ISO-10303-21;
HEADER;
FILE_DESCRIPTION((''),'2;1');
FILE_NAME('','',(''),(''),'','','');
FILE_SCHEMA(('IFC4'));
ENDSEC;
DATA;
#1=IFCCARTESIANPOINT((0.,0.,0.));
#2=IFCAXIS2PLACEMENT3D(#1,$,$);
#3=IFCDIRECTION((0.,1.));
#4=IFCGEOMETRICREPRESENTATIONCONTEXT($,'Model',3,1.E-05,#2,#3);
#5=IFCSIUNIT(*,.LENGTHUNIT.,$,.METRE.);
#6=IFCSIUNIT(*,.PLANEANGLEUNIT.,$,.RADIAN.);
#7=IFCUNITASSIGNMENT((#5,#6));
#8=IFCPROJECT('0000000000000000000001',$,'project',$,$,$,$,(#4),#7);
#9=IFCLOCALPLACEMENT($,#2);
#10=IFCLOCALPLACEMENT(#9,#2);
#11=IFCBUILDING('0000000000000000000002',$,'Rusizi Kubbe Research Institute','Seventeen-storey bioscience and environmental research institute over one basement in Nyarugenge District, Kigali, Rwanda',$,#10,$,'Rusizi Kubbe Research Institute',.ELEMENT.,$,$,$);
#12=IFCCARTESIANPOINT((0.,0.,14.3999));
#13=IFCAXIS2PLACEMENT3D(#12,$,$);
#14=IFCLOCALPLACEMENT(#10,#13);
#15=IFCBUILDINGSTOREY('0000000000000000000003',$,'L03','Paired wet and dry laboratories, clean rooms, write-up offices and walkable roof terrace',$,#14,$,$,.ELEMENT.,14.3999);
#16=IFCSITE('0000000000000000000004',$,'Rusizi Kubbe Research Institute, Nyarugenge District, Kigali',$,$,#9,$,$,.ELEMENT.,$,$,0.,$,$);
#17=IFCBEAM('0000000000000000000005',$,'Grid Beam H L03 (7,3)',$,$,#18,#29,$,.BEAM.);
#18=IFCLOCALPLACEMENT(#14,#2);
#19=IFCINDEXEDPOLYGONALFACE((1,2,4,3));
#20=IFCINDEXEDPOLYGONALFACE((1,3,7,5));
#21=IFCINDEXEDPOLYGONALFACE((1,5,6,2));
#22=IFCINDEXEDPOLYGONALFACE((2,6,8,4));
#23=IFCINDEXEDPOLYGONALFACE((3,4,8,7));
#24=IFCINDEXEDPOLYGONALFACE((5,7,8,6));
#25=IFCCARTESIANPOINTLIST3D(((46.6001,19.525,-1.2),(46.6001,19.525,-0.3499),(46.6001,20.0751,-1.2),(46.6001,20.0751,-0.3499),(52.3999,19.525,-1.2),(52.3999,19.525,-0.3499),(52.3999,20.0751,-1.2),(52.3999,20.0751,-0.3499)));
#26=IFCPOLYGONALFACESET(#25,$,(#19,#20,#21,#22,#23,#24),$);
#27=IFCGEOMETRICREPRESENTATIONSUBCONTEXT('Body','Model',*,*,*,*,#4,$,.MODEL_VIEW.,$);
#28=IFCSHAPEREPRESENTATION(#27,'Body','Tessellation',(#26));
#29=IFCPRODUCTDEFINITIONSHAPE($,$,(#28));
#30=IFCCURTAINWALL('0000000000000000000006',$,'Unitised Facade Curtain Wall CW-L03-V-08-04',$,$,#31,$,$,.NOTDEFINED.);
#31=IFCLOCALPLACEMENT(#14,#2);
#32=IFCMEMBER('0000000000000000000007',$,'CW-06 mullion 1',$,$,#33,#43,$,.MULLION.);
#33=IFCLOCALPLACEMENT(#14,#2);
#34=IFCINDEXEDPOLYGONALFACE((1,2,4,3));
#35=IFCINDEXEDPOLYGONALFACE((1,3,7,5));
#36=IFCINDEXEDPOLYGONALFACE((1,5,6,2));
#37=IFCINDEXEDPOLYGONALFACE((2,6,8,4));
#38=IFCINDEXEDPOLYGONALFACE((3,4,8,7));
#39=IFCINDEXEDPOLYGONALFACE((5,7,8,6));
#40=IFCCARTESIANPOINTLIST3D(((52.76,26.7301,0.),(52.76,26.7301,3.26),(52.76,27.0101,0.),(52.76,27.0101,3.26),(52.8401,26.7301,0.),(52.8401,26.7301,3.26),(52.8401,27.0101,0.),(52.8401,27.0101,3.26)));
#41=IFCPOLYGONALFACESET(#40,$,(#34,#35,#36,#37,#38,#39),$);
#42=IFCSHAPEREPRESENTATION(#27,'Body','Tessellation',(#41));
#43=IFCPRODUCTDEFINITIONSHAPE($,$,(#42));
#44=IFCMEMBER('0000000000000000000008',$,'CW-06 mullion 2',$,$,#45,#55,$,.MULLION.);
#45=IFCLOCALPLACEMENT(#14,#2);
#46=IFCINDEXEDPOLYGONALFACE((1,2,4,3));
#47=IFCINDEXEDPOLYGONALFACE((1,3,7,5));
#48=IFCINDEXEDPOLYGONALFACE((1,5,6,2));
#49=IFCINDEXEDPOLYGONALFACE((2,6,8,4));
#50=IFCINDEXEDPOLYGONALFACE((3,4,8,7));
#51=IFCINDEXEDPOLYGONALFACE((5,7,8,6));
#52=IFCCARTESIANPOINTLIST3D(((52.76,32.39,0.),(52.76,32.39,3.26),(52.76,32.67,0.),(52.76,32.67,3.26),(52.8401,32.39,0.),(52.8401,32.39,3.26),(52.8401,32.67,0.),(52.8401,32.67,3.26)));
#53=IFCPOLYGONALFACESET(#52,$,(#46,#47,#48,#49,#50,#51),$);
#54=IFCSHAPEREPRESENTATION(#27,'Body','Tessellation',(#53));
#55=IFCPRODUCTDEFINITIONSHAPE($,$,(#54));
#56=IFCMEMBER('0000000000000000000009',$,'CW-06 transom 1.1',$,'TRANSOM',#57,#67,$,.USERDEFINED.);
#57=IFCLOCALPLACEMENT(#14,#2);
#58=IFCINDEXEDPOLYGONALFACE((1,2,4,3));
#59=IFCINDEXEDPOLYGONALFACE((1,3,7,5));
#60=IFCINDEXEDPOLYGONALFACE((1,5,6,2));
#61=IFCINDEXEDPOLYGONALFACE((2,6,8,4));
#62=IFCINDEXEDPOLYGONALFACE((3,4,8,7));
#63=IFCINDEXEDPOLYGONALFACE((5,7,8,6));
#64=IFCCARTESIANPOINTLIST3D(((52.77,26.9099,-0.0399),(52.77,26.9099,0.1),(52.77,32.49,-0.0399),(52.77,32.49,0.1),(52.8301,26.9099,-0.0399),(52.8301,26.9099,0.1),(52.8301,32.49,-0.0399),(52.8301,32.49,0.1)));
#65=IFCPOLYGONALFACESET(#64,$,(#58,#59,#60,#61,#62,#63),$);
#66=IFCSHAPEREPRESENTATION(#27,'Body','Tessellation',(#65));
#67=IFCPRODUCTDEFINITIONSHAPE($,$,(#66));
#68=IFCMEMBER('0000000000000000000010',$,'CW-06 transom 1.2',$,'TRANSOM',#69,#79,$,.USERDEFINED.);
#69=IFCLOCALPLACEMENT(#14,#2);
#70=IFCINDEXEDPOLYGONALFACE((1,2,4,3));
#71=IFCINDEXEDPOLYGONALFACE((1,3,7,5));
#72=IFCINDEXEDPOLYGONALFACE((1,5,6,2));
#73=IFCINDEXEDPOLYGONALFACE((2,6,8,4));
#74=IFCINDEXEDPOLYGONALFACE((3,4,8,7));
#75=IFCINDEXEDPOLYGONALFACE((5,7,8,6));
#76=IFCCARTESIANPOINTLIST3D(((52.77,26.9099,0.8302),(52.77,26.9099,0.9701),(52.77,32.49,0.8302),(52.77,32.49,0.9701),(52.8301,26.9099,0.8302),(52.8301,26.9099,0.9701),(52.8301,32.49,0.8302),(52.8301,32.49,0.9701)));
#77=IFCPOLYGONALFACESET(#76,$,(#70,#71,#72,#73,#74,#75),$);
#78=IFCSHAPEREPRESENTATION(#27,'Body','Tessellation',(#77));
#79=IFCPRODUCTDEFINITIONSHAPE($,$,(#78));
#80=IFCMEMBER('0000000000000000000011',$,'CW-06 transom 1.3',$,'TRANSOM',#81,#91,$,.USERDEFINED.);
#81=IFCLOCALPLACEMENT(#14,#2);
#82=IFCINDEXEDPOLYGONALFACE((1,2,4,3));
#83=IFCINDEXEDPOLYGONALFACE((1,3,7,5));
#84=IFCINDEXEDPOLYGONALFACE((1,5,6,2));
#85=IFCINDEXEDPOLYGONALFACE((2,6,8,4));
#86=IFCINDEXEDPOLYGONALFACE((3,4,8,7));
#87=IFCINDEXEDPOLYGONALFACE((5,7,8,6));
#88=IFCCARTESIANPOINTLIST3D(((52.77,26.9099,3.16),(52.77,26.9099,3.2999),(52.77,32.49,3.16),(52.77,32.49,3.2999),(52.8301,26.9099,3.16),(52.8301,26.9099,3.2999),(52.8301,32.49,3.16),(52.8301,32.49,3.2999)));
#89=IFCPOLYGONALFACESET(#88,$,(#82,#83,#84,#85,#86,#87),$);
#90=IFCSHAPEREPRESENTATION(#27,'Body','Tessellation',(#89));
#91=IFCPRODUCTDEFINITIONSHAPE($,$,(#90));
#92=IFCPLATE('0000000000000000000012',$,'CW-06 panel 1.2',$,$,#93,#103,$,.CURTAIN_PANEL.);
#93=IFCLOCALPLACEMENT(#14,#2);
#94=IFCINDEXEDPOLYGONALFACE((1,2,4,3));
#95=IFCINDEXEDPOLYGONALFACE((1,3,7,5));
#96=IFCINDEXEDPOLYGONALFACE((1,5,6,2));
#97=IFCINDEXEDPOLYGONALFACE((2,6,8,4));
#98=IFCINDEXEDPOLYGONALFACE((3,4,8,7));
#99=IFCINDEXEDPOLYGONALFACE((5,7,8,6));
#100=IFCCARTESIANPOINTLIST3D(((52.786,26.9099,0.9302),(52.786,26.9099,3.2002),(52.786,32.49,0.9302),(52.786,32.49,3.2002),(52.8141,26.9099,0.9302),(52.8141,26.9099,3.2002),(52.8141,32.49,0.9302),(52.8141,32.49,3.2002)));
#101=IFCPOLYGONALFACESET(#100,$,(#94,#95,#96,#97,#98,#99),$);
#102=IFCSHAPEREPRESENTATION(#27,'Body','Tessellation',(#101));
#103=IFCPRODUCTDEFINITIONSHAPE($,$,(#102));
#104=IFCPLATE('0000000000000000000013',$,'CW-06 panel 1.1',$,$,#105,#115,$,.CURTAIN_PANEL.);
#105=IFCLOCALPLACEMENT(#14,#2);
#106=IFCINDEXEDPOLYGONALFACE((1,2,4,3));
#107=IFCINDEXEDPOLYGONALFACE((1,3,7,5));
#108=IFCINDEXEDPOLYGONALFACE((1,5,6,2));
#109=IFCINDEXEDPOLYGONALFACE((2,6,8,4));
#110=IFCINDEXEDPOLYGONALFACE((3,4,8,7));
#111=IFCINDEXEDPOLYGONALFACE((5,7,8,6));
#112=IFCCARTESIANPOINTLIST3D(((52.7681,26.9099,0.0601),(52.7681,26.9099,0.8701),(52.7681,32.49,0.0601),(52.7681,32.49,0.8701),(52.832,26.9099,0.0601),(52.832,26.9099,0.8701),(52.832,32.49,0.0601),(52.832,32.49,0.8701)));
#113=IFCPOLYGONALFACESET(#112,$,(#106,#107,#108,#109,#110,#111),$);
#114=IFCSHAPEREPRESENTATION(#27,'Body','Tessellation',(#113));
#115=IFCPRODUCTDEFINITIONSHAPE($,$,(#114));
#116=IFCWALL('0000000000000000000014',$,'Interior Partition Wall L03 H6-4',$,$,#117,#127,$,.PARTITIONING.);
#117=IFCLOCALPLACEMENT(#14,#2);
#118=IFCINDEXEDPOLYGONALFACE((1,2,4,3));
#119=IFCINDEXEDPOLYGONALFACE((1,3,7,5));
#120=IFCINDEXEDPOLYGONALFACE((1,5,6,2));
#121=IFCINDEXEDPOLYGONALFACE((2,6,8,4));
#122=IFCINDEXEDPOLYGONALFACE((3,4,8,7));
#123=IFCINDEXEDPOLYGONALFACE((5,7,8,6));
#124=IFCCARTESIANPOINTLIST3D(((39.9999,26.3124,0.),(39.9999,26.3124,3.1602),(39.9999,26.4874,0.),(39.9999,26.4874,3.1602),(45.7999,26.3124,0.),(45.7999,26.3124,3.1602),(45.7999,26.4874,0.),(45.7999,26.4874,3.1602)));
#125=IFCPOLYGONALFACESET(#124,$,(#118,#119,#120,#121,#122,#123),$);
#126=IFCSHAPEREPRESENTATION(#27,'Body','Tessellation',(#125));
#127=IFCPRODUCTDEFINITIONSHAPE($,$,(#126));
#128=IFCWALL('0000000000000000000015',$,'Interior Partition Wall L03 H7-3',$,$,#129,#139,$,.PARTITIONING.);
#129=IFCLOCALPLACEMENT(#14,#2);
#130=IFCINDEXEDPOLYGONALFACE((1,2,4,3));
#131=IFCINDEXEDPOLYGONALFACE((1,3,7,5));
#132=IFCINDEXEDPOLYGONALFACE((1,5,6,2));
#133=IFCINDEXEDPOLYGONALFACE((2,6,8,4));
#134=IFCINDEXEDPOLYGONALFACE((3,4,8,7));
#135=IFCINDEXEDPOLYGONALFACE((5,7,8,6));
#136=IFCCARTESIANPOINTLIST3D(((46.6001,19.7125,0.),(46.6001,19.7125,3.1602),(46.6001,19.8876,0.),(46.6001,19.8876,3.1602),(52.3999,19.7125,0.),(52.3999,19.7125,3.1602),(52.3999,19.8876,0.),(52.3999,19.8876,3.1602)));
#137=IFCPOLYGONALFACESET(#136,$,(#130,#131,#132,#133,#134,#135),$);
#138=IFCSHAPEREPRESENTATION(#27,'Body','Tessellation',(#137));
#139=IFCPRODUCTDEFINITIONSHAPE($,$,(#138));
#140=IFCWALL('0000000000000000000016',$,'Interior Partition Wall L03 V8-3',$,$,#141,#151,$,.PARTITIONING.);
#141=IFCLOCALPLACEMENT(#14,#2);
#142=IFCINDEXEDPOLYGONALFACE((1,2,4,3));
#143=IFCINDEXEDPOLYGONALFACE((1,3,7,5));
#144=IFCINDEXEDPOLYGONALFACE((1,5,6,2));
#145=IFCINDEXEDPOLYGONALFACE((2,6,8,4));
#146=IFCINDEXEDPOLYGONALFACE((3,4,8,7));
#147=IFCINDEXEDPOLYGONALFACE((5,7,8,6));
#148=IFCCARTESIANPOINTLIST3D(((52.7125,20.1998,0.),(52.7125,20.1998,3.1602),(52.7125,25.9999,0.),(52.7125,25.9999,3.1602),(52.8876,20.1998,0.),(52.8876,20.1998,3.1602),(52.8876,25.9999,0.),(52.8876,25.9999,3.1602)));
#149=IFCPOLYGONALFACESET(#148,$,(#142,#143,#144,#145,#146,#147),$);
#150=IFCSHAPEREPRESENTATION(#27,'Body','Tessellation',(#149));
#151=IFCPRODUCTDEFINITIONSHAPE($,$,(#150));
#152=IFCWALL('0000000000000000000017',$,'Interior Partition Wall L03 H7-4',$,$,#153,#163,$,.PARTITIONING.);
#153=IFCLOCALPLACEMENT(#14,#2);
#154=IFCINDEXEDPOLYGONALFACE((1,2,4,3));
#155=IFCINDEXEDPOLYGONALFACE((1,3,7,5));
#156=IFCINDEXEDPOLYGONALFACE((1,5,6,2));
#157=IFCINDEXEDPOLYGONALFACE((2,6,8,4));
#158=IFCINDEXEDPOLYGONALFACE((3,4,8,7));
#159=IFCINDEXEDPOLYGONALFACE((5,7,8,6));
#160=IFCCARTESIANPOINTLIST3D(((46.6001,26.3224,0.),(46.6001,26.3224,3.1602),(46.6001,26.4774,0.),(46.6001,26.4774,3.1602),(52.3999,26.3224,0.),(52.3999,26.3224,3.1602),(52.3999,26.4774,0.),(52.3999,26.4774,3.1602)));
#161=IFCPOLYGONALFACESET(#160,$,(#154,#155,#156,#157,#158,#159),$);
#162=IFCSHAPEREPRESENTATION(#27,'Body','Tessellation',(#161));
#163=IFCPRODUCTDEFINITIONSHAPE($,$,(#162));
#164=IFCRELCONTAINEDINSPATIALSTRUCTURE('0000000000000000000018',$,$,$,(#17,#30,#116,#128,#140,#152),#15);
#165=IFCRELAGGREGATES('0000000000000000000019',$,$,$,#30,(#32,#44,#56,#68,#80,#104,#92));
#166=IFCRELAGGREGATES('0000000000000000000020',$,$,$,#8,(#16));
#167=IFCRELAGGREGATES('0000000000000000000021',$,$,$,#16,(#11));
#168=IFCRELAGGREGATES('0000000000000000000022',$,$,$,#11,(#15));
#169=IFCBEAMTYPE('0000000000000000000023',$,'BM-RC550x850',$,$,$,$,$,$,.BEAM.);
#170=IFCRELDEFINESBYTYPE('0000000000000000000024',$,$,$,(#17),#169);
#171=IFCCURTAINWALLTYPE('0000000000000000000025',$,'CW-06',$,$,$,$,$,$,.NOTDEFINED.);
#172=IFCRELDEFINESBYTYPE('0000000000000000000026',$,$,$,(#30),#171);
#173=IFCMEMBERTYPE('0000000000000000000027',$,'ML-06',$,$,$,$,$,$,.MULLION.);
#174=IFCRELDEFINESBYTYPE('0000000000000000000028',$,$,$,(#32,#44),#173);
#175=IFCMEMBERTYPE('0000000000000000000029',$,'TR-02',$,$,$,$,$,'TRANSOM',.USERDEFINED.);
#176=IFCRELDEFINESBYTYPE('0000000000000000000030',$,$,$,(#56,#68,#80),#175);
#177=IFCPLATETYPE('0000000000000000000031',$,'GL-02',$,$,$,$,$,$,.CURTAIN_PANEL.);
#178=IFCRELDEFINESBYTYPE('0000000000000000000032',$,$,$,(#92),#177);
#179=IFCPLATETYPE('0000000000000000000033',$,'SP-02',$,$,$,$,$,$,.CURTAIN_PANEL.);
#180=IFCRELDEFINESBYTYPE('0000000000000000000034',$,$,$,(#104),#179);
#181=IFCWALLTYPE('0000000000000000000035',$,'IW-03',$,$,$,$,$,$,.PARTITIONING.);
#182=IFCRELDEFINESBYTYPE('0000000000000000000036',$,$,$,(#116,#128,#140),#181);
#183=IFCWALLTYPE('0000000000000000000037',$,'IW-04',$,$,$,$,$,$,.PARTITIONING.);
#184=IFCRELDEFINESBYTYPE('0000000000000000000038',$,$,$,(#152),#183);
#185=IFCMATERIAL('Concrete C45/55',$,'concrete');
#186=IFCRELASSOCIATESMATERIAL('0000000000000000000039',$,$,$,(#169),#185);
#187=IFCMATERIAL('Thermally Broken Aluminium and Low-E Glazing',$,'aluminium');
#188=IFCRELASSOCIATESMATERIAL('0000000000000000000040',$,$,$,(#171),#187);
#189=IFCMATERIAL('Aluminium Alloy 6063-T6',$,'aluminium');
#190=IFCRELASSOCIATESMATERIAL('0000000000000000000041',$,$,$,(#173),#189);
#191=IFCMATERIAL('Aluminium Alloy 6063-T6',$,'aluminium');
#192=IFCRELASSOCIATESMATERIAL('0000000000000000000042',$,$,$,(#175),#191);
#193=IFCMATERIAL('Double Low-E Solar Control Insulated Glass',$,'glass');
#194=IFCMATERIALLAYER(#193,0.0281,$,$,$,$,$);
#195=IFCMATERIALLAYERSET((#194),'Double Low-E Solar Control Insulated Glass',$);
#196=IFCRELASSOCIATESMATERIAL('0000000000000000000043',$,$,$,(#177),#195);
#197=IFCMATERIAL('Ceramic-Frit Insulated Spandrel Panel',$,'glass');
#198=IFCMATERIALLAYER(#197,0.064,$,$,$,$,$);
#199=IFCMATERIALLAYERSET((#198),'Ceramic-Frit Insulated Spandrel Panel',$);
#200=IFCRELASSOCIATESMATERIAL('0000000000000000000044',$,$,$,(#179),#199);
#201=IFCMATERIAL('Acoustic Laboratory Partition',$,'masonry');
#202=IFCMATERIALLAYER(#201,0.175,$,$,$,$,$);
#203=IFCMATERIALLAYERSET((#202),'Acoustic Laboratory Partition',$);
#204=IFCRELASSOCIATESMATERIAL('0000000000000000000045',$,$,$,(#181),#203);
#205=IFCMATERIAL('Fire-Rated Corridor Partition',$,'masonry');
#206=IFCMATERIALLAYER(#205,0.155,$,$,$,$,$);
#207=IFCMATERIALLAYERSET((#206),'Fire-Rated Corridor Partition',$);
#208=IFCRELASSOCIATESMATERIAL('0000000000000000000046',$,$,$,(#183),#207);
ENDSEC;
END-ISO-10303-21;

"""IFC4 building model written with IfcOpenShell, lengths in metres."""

from ifc_helpers import new_model, si_unit, direction, frame, frame_2d, origin, origin_2d, place, context, subcontext, project, spatial, rectangle, extrude, material, layer, layer_set, material_profile, profile_set, type_object, element, aggregate, save


model = new_model("IFC4")

# Units and contexts
model_context = context("Model", 3, precision=1e-05, world=origin(), true_north=direction((0.0, 1.0)))
body_context = subcontext(model_context, "Body", "Model", "MODEL_VIEW")
ifc_project = project(units=[si_unit("LENGTHUNIT", "METRE"), si_unit("PLANEANGLEUNIT", "RADIAN")], contexts=[model_context])

# Site, building, storey
site_placement = place(None, origin())
site = spatial("IfcSite", under=ifc_project, at=site_placement, Name="Rusizi Kubbe Research Institute, Nyarugenge District, Kigali", CompositionType="ELEMENT", RefElevation=0.0)
building_placement = place(site_placement, origin())
building = spatial("IfcBuilding", under=site, at=building_placement, Name="Rusizi Kubbe Research Institute", Description="Seventeen-storey bioscience and environmental research institute over one basement in Nyarugenge District, Kigali, Rwanda", LongName="Rusizi Kubbe Research Institute", CompositionType="ELEMENT")
storey_placement = place(building_placement, frame((0.0, 0.0, 14.3999)))
storey = spatial("IfcBuildingStorey", under=building, at=storey_placement, Name="L03", Description="Paired wet and dry laboratories, clean rooms, write-up offices and walkable roof terrace", CompositionType="ELEMENT", Elevation=14.3999)

# Beam
ifc_material_1 = material(Name="Concrete C45/55", Category="concrete")
ifc_material_profile_1 = material_profile(ifc_material_1, rectangle(XDim=0.55, YDim=0.8501, at=origin_2d()), Name="RC550x850")
ifc_profile_set_1 = profile_set([ifc_material_profile_1], Name="Concrete C45/55")
beam_type_1 = type_object("IfcBeamType", Name="BM-RC550x850", PredefinedType="BEAM", material=ifc_profile_set_1)
beam_1_placement = place(storey_placement, frame((46.6001, 19.8, -0.7749), z_axis=(1.0, 0.0, 0.0), x_axis=(0.0, 1.0, 0.0)))
element("IfcBeam", 1, at=beam_1_placement, inside=storey, type_object=beam_type_1, Name="Grid Beam H L03 (7,3)", PredefinedType="BEAM", context=body_context, shape_type="SweptSolid", body=[
    extrude(rectangle(XDim=0.55, YDim=0.8501, at=origin_2d()), origin(), (0.0, 0.0, 1.0), 5.7998),
])

# Curtain wall, members, plates
ifc_material_2 = material(Name="Thermally Broken Aluminium and Low-E Glazing", Category="aluminium")
curtain_wall_type = type_object("IfcCurtainWallType", Name="CW-06", PredefinedType="NOTDEFINED", material=ifc_material_2)
curtain_wall_placement = place(storey_placement, origin())
curtain_wall = element("IfcCurtainWall", 2, at=curtain_wall_placement, inside=storey, type_object=curtain_wall_type, Name="Unitised Facade Curtain Wall CW-L03-V-08-04", PredefinedType="NOTDEFINED")
ifc_material_3 = material(Name="Aluminium Alloy 6063-T6", Category="aluminium")
ifc_material_profile_2 = material_profile(ifc_material_3, rectangle(XDim=0.0801, YDim=0.28, at=origin_2d()), Name="ALU-M 80x280")
ifc_profile_set_2 = profile_set([ifc_material_profile_2], Name="Aluminium Alloy 6063-T6")
member_type_1 = type_object("IfcMemberType", Name="ML-06", PredefinedType="MULLION", material=ifc_profile_set_2)
member_1_placement = place(storey_placement, frame((52.8, 26.8701, 0.0), z_axis=(0.0, 0.0, 1.0), x_axis=(-1.0, 0.0, 0.0)))
member_1 = element("IfcMember", 3, at=member_1_placement, type_object=member_type_1, Name="CW-06 mullion 1", PredefinedType="MULLION", context=body_context, shape_type="SweptSolid", body=[
    extrude(rectangle(XDim=0.0801, YDim=0.28, at=origin_2d()), origin(), (0.0, 0.0, 1.0), 3.26),
])
member_2_placement = place(storey_placement, frame((52.8, 32.53, 0.0), z_axis=(0.0, 0.0, 1.0), x_axis=(-1.0, 0.0, 0.0)))
member_2 = element("IfcMember", 4, at=member_2_placement, type_object=member_type_1, Name="CW-06 mullion 2", PredefinedType="MULLION", context=body_context, shape_type="SweptSolid", body=[
    extrude(rectangle(XDim=0.0801, YDim=0.28, at=origin_2d()), origin(), (0.0, 0.0, 1.0), 3.26),
])
ifc_material_4 = material(Name="Aluminium Alloy 6063-T6", Category="aluminium")
ifc_material_profile_3 = material_profile(ifc_material_4, rectangle(XDim=0.0601, YDim=0.1399, at=origin_2d()), Name="ALU-T 60x140")
ifc_profile_set_3 = profile_set([ifc_material_profile_3], Name="Aluminium Alloy 6063-T6")
member_type_2 = type_object("IfcMemberType", Name="TR-02", ElementType="TRANSOM", PredefinedType="USERDEFINED", material=ifc_profile_set_3)
member_3_placement = place(storey_placement, frame((52.8, 26.9099, 0.03), z_axis=(0.0, 1.0, 0.0), x_axis=(-1.0, 0.0, 0.0)))
member_3 = element("IfcMember", 5, at=member_3_placement, type_object=member_type_2, Name="CW-06 transom 1.1", ObjectType="TRANSOM", PredefinedType="USERDEFINED", context=body_context, shape_type="SweptSolid", body=[
    extrude(rectangle(XDim=0.0601, YDim=0.1399, at=origin_2d()), origin(), (0.0, 0.0, 1.0), 5.5801),
])
member_4_placement = place(storey_placement, frame((52.8, 26.9099, 0.9001), z_axis=(0.0, 1.0, 0.0), x_axis=(-1.0, 0.0, 0.0)))
member_4 = element("IfcMember", 6, at=member_4_placement, type_object=member_type_2, Name="CW-06 transom 1.2", ObjectType="TRANSOM", PredefinedType="USERDEFINED", context=body_context, shape_type="SweptSolid", body=[
    extrude(rectangle(XDim=0.0601, YDim=0.1399, at=origin_2d()), origin(), (0.0, 0.0, 1.0), 5.5801),
])
member_5_placement = place(storey_placement, frame((52.8, 26.9099, 3.23), z_axis=(0.0, 1.0, 0.0), x_axis=(-1.0, 0.0, 0.0)))
member_5 = element("IfcMember", 7, at=member_5_placement, type_object=member_type_2, Name="CW-06 transom 1.3", ObjectType="TRANSOM", PredefinedType="USERDEFINED", context=body_context, shape_type="SweptSolid", body=[
    extrude(rectangle(XDim=0.0601, YDim=0.1399, at=origin_2d()), origin(), (0.0, 0.0, 1.0), 5.5801),
])
ifc_material_5 = material(Name="Double Low-E Solar Control Insulated Glass", Category="glass")
ifc_layer_1 = layer(ifc_material_5, 0.0281)
ifc_layer_set_1 = layer_set([ifc_layer_1], Name="Double Low-E Solar Control Insulated Glass")
plate_type_1 = type_object("IfcPlateType", Name="GL-02", PredefinedType="CURTAIN_PANEL", material=ifc_layer_set_1)
plate_1_placement = place(storey_placement, frame((52.8, 29.7, 0.9302), z_axis=(0.0, 0.0, 1.0), x_axis=(0.0, 1.0, 0.0)))
plate_1 = element("IfcPlate", 8, at=plate_1_placement, type_object=plate_type_1, Name="CW-06 panel 1.2", PredefinedType="CURTAIN_PANEL", context=body_context, shape_type="SweptSolid", body=[
    extrude(rectangle(XDim=5.5801, YDim=0.0281, at=origin_2d()), origin(), (0.0, 0.0, 1.0), 2.27),
])
ifc_material_6 = material(Name="Ceramic-Frit Insulated Spandrel Panel", Category="glass")
ifc_layer_2 = layer(ifc_material_6, 0.064)
ifc_layer_set_2 = layer_set([ifc_layer_2], Name="Ceramic-Frit Insulated Spandrel Panel")
plate_type_2 = type_object("IfcPlateType", Name="SP-02", PredefinedType="CURTAIN_PANEL", material=ifc_layer_set_2)
plate_2_placement = place(storey_placement, frame((52.8, 29.7, 0.0601), z_axis=(0.0, 0.0, 1.0), x_axis=(0.0, 1.0, 0.0)))
plate_2 = element("IfcPlate", 9, at=plate_2_placement, type_object=plate_type_2, Name="CW-06 panel 1.1", PredefinedType="CURTAIN_PANEL", context=body_context, shape_type="SweptSolid", body=[
    extrude(rectangle(XDim=5.5801, YDim=0.064, at=origin_2d()), origin(), (0.0, 0.0, 1.0), 0.8101),
])
aggregate(curtain_wall, [member_1, member_2, member_3, member_4, member_5, plate_2, plate_1])

# Walls
ifc_material_7 = material(Name="Acoustic Laboratory Partition", Category="masonry")
ifc_layer_3 = layer(ifc_material_7, 0.175)
ifc_layer_set_3 = layer_set([ifc_layer_3], Name="Acoustic Laboratory Partition")
wall_type_1 = type_object("IfcWallType", Name="IW-03", PredefinedType="PARTITIONING", material=ifc_layer_set_3)
wall_1_placement = place(storey_placement, frame((40.0, 26.3999, 0.0), z_axis=(0.0, 0.0, 1.0), x_axis=(1.0, 0.0, 0.0)))
element("IfcWall", 10, at=wall_1_placement, inside=storey, type_object=wall_type_1, Name="Interior Partition Wall L03 H6-4", PredefinedType="PARTITIONING", context=body_context, shape_type="SweptSolid", body=[
    extrude(rectangle(XDim=5.8, YDim=0.175, at=frame_2d((2.8999, 0.0))), origin(), (0.0, 0.0, 1.0), 3.1602),
])
wall_2_placement = place(storey_placement, frame((46.6001, 19.8, 0.0), z_axis=(0.0, 0.0, 1.0), x_axis=(1.0, 0.0, 0.0)))
element("IfcWall", 11, at=wall_2_placement, inside=storey, type_object=wall_type_1, Name="Interior Partition Wall L03 H7-3", PredefinedType="PARTITIONING", context=body_context, shape_type="SweptSolid", body=[
    extrude(rectangle(XDim=5.7998, YDim=0.175, at=frame_2d((2.8999, 0.0))), origin(), (0.0, 0.0, 1.0), 3.1602),
])
wall_3_placement = place(storey_placement, frame((52.8, 20.2, 0.0), z_axis=(0.0, 0.0, 1.0), x_axis=(0.0, 1.0, 0.0)))
element("IfcWall", 12, at=wall_3_placement, inside=storey, type_object=wall_type_1, Name="Interior Partition Wall L03 V8-3", PredefinedType="PARTITIONING", context=body_context, shape_type="SweptSolid", body=[
    extrude(rectangle(XDim=5.8, YDim=0.175, at=frame_2d((2.8999, 0.0))), origin(), (0.0, 0.0, 1.0), 3.1602),
])
ifc_material_8 = material(Name="Fire-Rated Corridor Partition", Category="masonry")
ifc_layer_4 = layer(ifc_material_8, 0.155)
ifc_layer_set_4 = layer_set([ifc_layer_4], Name="Fire-Rated Corridor Partition")
wall_type_2 = type_object("IfcWallType", Name="IW-04", PredefinedType="PARTITIONING", material=ifc_layer_set_4)
wall_4_placement = place(storey_placement, frame((46.6001, 26.3999, 0.0), z_axis=(0.0, 0.0, 1.0), x_axis=(1.0, 0.0, 0.0)))
element("IfcWall", 13, at=wall_4_placement, inside=storey, type_object=wall_type_2, Name="Interior Partition Wall L03 H7-4", PredefinedType="PARTITIONING", context=body_context, shape_type="SweptSolid", body=[
    extrude(rectangle(XDim=5.7998, YDim=0.155, at=frame_2d((2.8999, 0.0))), origin(), (0.0, 0.0, 1.0), 3.1602),
])

save(model, "model.ifc")
